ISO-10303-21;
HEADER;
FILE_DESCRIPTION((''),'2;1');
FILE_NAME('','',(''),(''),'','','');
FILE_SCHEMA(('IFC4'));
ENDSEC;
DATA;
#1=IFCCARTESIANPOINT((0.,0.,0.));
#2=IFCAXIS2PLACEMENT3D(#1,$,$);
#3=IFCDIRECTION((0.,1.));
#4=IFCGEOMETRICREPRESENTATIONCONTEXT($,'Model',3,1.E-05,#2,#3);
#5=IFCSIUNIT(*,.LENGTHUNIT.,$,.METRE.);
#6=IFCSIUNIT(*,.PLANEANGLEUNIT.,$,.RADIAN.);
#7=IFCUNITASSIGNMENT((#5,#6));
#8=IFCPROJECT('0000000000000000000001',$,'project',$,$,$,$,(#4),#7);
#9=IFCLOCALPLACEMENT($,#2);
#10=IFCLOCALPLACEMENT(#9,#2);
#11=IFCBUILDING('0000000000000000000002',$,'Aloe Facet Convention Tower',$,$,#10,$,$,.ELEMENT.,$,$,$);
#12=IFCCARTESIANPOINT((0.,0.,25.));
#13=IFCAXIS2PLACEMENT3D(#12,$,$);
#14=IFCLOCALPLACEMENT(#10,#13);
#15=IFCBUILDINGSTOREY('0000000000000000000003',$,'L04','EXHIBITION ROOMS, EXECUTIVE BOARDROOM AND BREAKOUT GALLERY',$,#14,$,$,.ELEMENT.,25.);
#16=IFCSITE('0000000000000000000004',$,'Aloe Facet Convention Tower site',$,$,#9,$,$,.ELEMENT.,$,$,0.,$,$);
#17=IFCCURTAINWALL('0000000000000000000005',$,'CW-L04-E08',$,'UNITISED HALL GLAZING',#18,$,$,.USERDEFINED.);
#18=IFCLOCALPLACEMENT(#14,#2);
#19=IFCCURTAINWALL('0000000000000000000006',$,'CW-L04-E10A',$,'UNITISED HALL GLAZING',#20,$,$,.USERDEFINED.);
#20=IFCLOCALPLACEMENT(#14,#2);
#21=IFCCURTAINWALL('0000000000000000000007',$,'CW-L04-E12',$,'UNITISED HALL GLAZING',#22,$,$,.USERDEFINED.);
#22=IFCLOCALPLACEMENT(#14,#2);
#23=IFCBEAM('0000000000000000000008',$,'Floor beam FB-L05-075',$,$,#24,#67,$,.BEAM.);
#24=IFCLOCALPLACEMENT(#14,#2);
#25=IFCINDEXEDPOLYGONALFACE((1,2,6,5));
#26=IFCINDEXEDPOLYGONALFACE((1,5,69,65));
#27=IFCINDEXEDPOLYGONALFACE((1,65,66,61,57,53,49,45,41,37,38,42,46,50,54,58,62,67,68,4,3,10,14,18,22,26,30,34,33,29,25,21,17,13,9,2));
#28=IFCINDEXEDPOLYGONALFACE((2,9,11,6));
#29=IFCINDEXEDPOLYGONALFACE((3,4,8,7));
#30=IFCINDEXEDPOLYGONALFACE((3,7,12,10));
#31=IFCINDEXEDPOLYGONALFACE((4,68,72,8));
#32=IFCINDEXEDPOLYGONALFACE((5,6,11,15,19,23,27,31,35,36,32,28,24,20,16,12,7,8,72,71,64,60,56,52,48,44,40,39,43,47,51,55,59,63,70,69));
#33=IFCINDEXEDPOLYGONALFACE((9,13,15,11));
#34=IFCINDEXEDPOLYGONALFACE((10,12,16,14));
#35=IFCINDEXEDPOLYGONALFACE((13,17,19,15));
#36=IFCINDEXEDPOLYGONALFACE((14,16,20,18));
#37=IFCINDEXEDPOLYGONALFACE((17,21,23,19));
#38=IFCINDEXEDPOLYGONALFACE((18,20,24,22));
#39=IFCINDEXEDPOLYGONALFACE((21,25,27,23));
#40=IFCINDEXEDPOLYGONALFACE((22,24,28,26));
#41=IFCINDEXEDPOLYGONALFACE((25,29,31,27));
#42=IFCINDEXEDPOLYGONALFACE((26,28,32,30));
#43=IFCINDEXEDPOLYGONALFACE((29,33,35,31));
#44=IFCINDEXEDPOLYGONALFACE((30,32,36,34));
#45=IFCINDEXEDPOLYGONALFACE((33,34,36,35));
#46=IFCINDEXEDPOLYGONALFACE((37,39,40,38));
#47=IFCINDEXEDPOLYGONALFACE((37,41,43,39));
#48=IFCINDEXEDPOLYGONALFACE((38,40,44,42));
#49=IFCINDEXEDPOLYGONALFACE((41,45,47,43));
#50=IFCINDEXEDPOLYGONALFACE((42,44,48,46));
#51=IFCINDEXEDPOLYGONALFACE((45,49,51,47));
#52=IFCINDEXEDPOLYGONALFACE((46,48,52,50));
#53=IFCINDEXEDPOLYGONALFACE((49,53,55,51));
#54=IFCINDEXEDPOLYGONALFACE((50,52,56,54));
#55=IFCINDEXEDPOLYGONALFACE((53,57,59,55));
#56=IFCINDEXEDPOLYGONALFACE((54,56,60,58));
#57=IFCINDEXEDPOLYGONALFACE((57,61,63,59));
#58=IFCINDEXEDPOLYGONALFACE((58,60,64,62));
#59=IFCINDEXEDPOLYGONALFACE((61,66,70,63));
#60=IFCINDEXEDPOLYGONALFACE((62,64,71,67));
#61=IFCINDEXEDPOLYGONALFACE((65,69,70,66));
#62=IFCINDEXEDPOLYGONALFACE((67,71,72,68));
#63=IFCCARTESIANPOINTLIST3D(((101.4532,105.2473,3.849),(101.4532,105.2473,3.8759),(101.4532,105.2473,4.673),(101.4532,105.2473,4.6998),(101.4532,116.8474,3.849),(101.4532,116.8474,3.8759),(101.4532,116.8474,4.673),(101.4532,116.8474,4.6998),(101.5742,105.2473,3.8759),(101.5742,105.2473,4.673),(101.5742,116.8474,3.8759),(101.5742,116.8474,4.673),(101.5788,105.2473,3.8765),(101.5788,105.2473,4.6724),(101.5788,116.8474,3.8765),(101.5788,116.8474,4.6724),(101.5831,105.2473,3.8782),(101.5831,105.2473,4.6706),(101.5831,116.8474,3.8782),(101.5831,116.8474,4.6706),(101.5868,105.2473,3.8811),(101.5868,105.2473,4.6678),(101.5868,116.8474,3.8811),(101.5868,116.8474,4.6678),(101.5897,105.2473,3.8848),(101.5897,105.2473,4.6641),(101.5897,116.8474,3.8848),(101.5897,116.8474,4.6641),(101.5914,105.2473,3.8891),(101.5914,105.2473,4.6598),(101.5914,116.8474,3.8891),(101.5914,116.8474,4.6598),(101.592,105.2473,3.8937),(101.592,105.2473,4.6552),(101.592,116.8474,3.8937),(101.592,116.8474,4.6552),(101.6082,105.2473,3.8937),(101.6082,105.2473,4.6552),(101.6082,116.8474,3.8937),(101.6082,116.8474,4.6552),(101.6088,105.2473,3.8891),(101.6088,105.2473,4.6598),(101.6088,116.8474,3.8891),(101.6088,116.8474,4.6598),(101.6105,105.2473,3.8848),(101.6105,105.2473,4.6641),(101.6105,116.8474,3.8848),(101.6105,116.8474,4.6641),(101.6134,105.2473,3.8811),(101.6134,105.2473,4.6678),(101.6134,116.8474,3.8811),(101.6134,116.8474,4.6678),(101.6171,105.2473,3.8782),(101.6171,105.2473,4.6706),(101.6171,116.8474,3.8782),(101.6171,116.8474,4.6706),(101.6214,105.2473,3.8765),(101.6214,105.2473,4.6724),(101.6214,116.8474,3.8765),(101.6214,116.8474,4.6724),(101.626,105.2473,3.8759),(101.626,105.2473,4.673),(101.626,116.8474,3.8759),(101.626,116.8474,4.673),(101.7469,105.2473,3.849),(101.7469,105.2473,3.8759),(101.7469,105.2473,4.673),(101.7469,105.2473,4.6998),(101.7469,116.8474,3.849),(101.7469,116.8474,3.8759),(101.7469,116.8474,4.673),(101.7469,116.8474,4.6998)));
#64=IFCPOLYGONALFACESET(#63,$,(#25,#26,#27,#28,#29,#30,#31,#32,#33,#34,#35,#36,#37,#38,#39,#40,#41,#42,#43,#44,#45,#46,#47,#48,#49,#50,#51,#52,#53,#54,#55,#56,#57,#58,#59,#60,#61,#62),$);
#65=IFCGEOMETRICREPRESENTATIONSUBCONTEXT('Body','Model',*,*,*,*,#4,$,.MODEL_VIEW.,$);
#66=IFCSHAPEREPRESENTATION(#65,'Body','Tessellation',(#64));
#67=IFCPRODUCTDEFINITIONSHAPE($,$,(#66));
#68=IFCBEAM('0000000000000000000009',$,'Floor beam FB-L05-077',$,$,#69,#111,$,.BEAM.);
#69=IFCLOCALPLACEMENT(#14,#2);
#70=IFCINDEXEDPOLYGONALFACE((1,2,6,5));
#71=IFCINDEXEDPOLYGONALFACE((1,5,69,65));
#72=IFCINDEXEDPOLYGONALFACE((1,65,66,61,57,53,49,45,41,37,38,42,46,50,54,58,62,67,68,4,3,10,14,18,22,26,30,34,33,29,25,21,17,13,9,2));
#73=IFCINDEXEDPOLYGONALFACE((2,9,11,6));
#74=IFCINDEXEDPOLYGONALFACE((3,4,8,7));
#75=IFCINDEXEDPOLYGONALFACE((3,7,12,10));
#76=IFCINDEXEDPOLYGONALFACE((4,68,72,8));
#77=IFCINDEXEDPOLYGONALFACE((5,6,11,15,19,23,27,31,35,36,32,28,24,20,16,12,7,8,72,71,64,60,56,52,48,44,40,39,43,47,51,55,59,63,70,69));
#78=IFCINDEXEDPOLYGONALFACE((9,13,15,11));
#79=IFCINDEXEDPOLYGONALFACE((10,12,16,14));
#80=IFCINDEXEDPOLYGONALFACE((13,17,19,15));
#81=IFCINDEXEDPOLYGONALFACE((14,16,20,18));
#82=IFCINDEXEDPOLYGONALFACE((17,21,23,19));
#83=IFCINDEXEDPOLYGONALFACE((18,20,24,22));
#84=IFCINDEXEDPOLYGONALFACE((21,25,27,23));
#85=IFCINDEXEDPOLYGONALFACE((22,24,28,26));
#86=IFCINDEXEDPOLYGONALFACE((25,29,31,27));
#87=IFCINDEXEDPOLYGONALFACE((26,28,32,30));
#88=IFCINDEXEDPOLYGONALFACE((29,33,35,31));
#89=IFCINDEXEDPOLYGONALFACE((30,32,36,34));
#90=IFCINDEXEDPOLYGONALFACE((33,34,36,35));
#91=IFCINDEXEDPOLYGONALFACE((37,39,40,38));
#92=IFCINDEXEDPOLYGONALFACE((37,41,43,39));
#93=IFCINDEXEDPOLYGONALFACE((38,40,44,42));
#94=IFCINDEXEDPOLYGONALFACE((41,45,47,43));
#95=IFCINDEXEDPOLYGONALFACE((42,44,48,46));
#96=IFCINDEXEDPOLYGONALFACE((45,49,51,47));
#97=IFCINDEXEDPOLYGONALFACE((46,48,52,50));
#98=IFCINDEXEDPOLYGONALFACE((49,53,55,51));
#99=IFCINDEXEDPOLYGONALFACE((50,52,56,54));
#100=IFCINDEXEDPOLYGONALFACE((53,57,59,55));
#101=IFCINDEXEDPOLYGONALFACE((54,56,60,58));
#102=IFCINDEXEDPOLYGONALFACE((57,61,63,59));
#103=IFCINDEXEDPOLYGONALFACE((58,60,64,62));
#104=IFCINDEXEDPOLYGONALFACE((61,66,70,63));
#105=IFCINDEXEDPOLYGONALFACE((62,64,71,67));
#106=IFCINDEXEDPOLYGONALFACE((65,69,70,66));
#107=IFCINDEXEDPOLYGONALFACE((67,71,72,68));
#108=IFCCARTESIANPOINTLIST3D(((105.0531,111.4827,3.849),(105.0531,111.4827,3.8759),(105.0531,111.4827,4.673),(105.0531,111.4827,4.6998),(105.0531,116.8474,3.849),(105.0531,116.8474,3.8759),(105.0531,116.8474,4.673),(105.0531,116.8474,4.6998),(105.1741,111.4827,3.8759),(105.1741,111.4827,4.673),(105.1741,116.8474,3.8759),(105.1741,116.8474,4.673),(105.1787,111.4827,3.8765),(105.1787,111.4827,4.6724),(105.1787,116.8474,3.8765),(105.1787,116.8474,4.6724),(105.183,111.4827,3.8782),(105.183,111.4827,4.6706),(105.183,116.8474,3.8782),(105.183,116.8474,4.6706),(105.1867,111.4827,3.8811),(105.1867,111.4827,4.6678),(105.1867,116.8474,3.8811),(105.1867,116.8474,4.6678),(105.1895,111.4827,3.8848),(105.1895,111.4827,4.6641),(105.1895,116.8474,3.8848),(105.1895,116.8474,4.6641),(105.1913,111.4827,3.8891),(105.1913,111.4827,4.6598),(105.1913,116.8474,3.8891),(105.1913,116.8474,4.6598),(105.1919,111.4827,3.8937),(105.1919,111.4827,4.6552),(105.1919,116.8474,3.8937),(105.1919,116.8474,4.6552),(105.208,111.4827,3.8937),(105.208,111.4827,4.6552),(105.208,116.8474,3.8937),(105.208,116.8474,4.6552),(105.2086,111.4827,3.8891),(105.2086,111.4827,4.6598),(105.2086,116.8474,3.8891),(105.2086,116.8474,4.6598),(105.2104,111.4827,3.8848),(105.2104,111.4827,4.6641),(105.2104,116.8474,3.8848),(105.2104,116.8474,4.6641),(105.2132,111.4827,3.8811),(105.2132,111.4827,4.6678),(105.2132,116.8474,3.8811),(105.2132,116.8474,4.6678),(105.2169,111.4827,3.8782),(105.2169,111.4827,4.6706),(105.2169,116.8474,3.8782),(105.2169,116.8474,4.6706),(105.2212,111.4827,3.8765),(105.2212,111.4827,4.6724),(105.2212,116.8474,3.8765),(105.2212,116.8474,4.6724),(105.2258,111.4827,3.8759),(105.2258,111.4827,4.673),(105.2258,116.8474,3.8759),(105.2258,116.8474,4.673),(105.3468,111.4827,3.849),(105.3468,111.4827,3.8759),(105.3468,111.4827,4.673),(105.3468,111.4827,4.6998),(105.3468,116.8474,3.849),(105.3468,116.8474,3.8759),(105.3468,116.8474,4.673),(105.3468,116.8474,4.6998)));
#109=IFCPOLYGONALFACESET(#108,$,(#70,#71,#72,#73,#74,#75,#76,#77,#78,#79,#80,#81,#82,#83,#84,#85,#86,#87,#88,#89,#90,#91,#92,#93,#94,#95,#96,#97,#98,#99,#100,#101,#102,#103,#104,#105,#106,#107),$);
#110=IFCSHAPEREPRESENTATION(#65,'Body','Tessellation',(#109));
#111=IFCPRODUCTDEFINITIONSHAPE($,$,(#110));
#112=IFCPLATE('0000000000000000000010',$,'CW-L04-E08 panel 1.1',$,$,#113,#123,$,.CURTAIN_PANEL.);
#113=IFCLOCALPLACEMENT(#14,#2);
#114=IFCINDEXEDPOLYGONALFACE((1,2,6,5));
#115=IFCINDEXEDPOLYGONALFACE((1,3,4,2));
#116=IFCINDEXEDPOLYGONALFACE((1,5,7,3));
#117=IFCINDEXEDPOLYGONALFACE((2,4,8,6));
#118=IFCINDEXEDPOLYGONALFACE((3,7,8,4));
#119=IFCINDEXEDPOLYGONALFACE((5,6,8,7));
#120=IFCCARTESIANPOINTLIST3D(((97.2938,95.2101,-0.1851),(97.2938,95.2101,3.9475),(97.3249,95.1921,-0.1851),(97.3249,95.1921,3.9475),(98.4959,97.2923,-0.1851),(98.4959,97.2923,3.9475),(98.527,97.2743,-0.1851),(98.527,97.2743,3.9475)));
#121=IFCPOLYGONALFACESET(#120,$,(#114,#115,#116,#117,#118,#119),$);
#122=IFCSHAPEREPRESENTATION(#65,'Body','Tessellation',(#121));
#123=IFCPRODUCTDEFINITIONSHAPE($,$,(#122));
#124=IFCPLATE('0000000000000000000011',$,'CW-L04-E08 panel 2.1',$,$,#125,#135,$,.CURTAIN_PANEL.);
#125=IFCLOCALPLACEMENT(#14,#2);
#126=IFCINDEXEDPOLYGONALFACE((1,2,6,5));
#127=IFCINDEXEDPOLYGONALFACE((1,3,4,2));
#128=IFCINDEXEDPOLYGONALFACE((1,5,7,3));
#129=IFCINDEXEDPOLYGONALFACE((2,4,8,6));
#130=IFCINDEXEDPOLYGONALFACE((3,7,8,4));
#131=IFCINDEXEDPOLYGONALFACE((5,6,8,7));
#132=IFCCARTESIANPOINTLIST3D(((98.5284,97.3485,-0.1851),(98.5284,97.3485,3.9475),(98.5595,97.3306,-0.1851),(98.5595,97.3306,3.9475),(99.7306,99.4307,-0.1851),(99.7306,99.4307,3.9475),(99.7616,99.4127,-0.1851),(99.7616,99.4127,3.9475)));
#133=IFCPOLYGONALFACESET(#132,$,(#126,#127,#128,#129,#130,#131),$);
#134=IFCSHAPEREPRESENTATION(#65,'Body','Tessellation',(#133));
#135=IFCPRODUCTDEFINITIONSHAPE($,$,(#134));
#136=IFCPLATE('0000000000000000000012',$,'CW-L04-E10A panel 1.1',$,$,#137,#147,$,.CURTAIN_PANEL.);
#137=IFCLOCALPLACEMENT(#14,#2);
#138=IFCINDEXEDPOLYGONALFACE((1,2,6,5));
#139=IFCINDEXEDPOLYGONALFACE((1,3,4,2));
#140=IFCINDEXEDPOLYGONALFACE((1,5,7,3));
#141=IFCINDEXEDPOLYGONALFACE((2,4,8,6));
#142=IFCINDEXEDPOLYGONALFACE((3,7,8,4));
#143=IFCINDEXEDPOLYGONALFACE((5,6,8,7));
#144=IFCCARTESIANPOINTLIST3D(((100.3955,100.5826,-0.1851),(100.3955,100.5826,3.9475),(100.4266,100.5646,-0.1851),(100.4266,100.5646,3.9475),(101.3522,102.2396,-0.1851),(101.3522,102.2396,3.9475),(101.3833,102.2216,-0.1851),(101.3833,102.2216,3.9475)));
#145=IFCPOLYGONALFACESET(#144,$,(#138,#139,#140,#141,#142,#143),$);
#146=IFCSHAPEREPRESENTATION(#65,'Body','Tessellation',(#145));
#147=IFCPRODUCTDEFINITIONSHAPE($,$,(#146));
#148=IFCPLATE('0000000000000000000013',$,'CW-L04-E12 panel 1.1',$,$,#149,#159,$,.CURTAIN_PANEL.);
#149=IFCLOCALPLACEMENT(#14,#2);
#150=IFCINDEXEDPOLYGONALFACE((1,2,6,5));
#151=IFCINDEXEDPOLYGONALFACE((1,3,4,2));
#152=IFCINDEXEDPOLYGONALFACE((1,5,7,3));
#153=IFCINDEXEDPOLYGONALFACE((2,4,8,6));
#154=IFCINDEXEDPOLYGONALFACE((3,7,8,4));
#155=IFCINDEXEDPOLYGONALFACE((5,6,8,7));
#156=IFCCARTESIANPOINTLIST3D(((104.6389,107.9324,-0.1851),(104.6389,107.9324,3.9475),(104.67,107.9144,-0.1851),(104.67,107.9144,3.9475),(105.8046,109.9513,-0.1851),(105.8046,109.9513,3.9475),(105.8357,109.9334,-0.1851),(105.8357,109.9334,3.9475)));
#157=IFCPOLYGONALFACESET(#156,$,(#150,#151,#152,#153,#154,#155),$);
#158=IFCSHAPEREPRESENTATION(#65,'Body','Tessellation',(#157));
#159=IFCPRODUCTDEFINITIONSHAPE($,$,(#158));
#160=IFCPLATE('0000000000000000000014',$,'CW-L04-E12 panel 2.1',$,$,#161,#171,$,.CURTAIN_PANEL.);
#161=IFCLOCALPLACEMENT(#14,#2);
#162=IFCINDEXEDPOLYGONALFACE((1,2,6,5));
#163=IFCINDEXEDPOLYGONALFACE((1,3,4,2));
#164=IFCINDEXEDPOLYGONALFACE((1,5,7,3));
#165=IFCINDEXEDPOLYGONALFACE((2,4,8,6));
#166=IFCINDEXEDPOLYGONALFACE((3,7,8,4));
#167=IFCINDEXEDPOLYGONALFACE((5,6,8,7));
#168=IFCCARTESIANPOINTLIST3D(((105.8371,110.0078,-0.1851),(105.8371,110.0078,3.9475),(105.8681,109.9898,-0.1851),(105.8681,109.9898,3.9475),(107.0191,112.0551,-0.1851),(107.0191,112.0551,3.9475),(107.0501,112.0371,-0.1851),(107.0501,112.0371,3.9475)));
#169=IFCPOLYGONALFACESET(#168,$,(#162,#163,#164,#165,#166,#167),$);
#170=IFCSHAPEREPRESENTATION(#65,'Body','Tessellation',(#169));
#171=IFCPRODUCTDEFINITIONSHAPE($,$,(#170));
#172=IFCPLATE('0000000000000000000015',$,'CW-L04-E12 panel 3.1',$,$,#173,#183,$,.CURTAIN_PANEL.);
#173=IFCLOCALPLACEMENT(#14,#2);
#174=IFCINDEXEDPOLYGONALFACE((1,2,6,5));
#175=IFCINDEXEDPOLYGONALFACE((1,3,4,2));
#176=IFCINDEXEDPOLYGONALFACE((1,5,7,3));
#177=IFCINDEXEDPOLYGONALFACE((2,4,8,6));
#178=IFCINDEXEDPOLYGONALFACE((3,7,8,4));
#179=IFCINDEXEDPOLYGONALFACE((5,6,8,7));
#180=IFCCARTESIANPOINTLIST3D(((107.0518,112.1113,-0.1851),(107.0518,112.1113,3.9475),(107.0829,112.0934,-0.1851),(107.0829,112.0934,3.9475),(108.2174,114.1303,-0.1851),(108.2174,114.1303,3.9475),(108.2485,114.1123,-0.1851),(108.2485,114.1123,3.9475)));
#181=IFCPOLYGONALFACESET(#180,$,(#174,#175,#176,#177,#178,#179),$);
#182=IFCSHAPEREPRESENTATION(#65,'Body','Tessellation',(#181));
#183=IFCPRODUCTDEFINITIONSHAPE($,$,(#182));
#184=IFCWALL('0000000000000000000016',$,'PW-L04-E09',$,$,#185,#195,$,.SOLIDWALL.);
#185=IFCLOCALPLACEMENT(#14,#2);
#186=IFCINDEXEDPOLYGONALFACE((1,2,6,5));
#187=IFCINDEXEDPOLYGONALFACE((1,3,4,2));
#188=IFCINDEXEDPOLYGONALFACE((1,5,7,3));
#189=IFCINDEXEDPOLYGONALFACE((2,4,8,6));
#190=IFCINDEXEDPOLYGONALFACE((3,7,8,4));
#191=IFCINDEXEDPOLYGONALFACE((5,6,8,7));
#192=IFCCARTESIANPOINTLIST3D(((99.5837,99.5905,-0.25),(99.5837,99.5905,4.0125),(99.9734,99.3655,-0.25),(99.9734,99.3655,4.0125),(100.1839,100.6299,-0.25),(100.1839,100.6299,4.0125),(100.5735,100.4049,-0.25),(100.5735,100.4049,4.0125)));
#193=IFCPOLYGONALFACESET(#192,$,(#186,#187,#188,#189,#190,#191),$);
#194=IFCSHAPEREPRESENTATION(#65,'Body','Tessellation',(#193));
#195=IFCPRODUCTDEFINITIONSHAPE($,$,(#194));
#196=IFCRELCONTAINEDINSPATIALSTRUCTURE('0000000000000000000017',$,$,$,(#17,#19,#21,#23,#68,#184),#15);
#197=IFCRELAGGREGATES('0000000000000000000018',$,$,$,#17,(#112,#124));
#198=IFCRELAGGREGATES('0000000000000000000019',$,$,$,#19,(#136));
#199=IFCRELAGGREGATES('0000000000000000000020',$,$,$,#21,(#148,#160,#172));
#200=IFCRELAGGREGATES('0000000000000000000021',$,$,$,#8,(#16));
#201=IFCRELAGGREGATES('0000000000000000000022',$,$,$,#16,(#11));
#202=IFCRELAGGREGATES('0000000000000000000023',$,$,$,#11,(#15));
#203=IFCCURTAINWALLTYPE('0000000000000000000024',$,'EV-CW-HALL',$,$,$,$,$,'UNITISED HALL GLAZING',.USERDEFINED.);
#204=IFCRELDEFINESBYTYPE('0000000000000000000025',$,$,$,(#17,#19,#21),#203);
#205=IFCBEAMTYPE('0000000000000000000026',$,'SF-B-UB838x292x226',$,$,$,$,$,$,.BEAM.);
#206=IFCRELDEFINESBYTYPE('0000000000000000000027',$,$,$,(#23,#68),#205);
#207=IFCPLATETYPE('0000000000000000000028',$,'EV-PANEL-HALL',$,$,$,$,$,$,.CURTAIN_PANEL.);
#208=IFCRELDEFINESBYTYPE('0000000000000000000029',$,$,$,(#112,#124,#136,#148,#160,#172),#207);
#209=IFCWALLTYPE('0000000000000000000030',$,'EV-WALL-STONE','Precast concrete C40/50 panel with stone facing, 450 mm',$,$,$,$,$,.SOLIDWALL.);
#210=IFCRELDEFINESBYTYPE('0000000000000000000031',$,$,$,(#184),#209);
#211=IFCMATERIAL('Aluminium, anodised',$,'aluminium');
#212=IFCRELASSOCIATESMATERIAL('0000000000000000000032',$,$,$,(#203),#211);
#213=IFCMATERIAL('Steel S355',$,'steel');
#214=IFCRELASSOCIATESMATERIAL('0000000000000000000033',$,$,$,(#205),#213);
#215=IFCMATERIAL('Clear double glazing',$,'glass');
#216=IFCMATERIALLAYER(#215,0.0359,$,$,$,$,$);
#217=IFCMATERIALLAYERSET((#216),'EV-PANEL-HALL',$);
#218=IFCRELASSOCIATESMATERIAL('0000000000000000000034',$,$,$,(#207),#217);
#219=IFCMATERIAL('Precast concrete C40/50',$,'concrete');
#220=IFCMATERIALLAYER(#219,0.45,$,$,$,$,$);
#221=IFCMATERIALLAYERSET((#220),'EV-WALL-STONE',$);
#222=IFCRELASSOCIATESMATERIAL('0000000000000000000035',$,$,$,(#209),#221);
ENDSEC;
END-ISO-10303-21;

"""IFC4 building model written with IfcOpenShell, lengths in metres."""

from ifc_helpers import new_model, si_unit, direction, frame, frame_2d, origin, origin_2d, place, context, subcontext, project, spatial, rectangle, i_section, extrude, material, layer, layer_set, material_profile, profile_set, type_object, element, aggregate, save


model = new_model("IFC4")

# Units and contexts
model_context = context("Model", 3, precision=1e-05, world=origin(), true_north=direction((0.0, 1.0)))
body_context = subcontext(model_context, "Body", "Model", "MODEL_VIEW")
ifc_project = project(units=[si_unit("LENGTHUNIT", "METRE"), si_unit("PLANEANGLEUNIT", "RADIAN")], contexts=[model_context])

# Site, building, storey
site_placement = place(None, origin())
site = spatial("IfcSite", under=ifc_project, at=site_placement, Name="Aloe Facet Convention Tower site", CompositionType="ELEMENT", RefElevation=0.0)
building_placement = place(site_placement, origin())
building = spatial("IfcBuilding", under=site, at=building_placement, Name="Aloe Facet Convention Tower", CompositionType="ELEMENT")
storey_placement = place(building_placement, frame((0.0, 0.0, 25.0)))
storey = spatial("IfcBuildingStorey", under=building, at=storey_placement, Name="L04", Description="EXHIBITION ROOMS, EXECUTIVE BOARDROOM AND BREAKOUT GALLERY", CompositionType="ELEMENT", Elevation=25.0)

# Curtain walls
ifc_material_1 = material(Name="Aluminium, anodised", Category="aluminium")
curtain_wall_type = type_object("IfcCurtainWallType", Name="EV-CW-HALL", ElementType="UNITISED HALL GLAZING", PredefinedType="USERDEFINED", material=ifc_material_1)
curtain_wall_1_placement = place(storey_placement, origin())
curtain_wall_1 = element("IfcCurtainWall", 1, at=curtain_wall_1_placement, inside=storey, type_object=curtain_wall_type, Name="CW-L04-E08", ObjectType="UNITISED HALL GLAZING", PredefinedType="USERDEFINED")
curtain_wall_2_placement = place(storey_placement, origin())
curtain_wall_2 = element("IfcCurtainWall", 2, at=curtain_wall_2_placement, inside=storey, type_object=curtain_wall_type, Name="CW-L04-E10A", ObjectType="UNITISED HALL GLAZING", PredefinedType="USERDEFINED")
curtain_wall_3_placement = place(storey_placement, origin())
curtain_wall_3 = element("IfcCurtainWall", 3, at=curtain_wall_3_placement, inside=storey, type_object=curtain_wall_type, Name="CW-L04-E12", ObjectType="UNITISED HALL GLAZING", PredefinedType="USERDEFINED")

# Beams
ifc_material_2 = material(Name="Steel S355", Category="steel")
ifc_material_profile_1 = material_profile(ifc_material_2, i_section(OverallWidth=0.2937, OverallDepth=0.8508, WebThickness=0.0161, FlangeThickness=0.0269, FilletRadius=0.0178, at=origin_2d()), Name="UB 838x292x226")
ifc_profile_set_1 = profile_set([ifc_material_profile_1], Name="Steel S355")
beam_type_1 = type_object("IfcBeamType", Name="SF-B-UB838x292x226", PredefinedType="BEAM", material=ifc_profile_set_1)
beam_1_placement = place(storey_placement, frame((101.6001, 105.2473, 4.2744), z_axis=(0.0, 1.0, 0.0), x_axis=(-1.0, 0.0, 0.0)))
element("IfcBeam", 4, at=beam_1_placement, inside=storey, type_object=beam_type_1, Name="Floor beam FB-L05-075", PredefinedType="BEAM", context=body_context, shape_type="SweptSolid", body=[
    extrude(i_section(OverallWidth=0.2937, OverallDepth=0.8508, WebThickness=0.0161, FlangeThickness=0.0269, FilletRadius=0.0178, at=origin_2d()), origin(), (0.0, 0.0, 1.0), 11.6001),
])
beam_2_placement = place(storey_placement, frame((105.2, 111.4827, 4.2744), z_axis=(0.0, 1.0, 0.0), x_axis=(-1.0, 0.0, 0.0)))
element("IfcBeam", 5, at=beam_2_placement, inside=storey, type_object=beam_type_1, Name="Floor beam FB-L05-077", PredefinedType="BEAM", context=body_context, shape_type="SweptSolid", body=[
    extrude(i_section(OverallWidth=0.2937, OverallDepth=0.8508, WebThickness=0.0161, FlangeThickness=0.0269, FilletRadius=0.0178, at=origin_2d()), origin(), (0.0, 0.0, 1.0), 5.3647),
])

# Plates
ifc_material_3 = material(Name="Clear double glazing", Category="glass")
ifc_layer_1 = layer(ifc_material_3, 0.0359)
ifc_layer_set_1 = layer_set([ifc_layer_1], Name="EV-PANEL-HALL")
plate_type = type_object("IfcPlateType", Name="EV-PANEL-HALL", PredefinedType="CURTAIN_PANEL", material=ifc_layer_set_1)
plate_1_placement = place(storey_placement, frame((97.9104, 96.2422, -0.1851), z_axis=(0.0, 0.0, 1.0), x_axis=(0.5, 0.866025, 0.0)))
plate_1 = element("IfcPlate", 6, at=plate_1_placement, type_object=plate_type, Name="CW-L04-E08 panel 1.1", PredefinedType="CURTAIN_PANEL", context=body_context, shape_type="SweptSolid", body=[
    extrude(rectangle(XDim=2.4043, YDim=0.0359, at=origin_2d()), origin(), (0.0, 0.0, 1.0), 4.1326),
])
plate_2_placement = place(storey_placement, frame((99.145, 98.3806, -0.1851), z_axis=(0.0, 0.0, 1.0), x_axis=(0.5, 0.866025, 0.0)))
plate_2 = element("IfcPlate", 7, at=plate_2_placement, type_object=plate_type, Name="CW-L04-E08 panel 2.1", PredefinedType="CURTAIN_PANEL", context=body_context, shape_type="SweptSolid", body=[
    extrude(rectangle(XDim=2.4043, YDim=0.0359, at=origin_2d()), origin(), (0.0, 0.0, 1.0), 4.1326),
])
aggregate(curtain_wall_1, [plate_1, plate_2])
plate_3_placement = place(storey_placement, frame((100.8894, 101.4021, -0.1851), z_axis=(0.0, 0.0, 1.0), x_axis=(0.5, 0.866025, 0.0)))
plate_3 = element("IfcPlate", 8, at=plate_3_placement, type_object=plate_type, Name="CW-L04-E10A panel 1.1", PredefinedType="CURTAIN_PANEL", context=body_context, shape_type="SweptSolid", body=[
    extrude(rectangle(XDim=1.9133, YDim=0.0359, at=origin_2d()), origin(), (0.0, 0.0, 1.0), 4.1326),
])
aggregate(curtain_wall_2, [plate_3])
plate_4_placement = place(storey_placement, frame((105.2373, 108.9329, -0.1851), z_axis=(0.0, 0.0, 1.0), x_axis=(0.5, 0.866025, 0.0)))
plate_4 = element("IfcPlate", 9, at=plate_4_placement, type_object=plate_type, Name="CW-L04-E12 panel 1.1", PredefinedType="CURTAIN_PANEL", context=body_context, shape_type="SweptSolid", body=[
    extrude(rectangle(XDim=2.3313, YDim=0.0359, at=origin_2d()), origin(), (0.0, 0.0, 1.0), 4.1326),
])
plate_5_placement = place(storey_placement, frame((106.4436, 111.0225, -0.1851), z_axis=(0.0, 0.0, 1.0), x_axis=(0.5, 0.866025, 0.0)))
plate_5 = element("IfcPlate", 10, at=plate_5_placement, type_object=plate_type, Name="CW-L04-E12 panel 2.1", PredefinedType="CURTAIN_PANEL", context=body_context, shape_type="SweptSolid", body=[
    extrude(rectangle(XDim=2.364, YDim=0.0359, at=origin_2d()), origin(), (0.0, 0.0, 1.0), 4.1326),
])
plate_6_placement = place(storey_placement, frame((107.6501, 113.1118, -0.1851), z_axis=(0.0, 0.0, 1.0), x_axis=(0.5, 0.866025, 0.0)))
plate_6 = element("IfcPlate", 11, at=plate_6_placement, type_object=plate_type, Name="CW-L04-E12 panel 3.1", PredefinedType="CURTAIN_PANEL", context=body_context, shape_type="SweptSolid", body=[
    extrude(rectangle(XDim=2.3313, YDim=0.0359, at=origin_2d()), origin(), (0.0, 0.0, 1.0), 4.1326),
])
aggregate(curtain_wall_3, [plate_4, plate_5, plate_6])

# Wall
ifc_material_4 = material(Name="Precast concrete C40/50", Category="concrete")
ifc_layer_2 = layer(ifc_material_4, 0.45)
ifc_layer_set_2 = layer_set([ifc_layer_2], Name="EV-WALL-STONE")
wall_type = type_object("IfcWallType", Name="EV-WALL-STONE", Description="Precast concrete C40/50 panel with stone facing, 450 mm", PredefinedType="SOLIDWALL", material=ifc_layer_set_2)
wall_1_placement = place(storey_placement, frame((99.7786, 99.478, -0.25), z_axis=(0.0, 0.0, 1.0), x_axis=(0.500034, 0.866006, 0.0)))
element("IfcWall", 12, at=wall_1_placement, inside=storey, type_object=wall_type, Name="PW-L04-E09", PredefinedType="SOLIDWALL", context=body_context, shape_type="SweptSolid", body=[
    extrude(rectangle(XDim=1.2002, YDim=0.45, at=frame_2d((0.6001, 0.0))), origin(), (0.0, 0.0, 1.0), 4.2625),
])

save(model, "model.ifc")
